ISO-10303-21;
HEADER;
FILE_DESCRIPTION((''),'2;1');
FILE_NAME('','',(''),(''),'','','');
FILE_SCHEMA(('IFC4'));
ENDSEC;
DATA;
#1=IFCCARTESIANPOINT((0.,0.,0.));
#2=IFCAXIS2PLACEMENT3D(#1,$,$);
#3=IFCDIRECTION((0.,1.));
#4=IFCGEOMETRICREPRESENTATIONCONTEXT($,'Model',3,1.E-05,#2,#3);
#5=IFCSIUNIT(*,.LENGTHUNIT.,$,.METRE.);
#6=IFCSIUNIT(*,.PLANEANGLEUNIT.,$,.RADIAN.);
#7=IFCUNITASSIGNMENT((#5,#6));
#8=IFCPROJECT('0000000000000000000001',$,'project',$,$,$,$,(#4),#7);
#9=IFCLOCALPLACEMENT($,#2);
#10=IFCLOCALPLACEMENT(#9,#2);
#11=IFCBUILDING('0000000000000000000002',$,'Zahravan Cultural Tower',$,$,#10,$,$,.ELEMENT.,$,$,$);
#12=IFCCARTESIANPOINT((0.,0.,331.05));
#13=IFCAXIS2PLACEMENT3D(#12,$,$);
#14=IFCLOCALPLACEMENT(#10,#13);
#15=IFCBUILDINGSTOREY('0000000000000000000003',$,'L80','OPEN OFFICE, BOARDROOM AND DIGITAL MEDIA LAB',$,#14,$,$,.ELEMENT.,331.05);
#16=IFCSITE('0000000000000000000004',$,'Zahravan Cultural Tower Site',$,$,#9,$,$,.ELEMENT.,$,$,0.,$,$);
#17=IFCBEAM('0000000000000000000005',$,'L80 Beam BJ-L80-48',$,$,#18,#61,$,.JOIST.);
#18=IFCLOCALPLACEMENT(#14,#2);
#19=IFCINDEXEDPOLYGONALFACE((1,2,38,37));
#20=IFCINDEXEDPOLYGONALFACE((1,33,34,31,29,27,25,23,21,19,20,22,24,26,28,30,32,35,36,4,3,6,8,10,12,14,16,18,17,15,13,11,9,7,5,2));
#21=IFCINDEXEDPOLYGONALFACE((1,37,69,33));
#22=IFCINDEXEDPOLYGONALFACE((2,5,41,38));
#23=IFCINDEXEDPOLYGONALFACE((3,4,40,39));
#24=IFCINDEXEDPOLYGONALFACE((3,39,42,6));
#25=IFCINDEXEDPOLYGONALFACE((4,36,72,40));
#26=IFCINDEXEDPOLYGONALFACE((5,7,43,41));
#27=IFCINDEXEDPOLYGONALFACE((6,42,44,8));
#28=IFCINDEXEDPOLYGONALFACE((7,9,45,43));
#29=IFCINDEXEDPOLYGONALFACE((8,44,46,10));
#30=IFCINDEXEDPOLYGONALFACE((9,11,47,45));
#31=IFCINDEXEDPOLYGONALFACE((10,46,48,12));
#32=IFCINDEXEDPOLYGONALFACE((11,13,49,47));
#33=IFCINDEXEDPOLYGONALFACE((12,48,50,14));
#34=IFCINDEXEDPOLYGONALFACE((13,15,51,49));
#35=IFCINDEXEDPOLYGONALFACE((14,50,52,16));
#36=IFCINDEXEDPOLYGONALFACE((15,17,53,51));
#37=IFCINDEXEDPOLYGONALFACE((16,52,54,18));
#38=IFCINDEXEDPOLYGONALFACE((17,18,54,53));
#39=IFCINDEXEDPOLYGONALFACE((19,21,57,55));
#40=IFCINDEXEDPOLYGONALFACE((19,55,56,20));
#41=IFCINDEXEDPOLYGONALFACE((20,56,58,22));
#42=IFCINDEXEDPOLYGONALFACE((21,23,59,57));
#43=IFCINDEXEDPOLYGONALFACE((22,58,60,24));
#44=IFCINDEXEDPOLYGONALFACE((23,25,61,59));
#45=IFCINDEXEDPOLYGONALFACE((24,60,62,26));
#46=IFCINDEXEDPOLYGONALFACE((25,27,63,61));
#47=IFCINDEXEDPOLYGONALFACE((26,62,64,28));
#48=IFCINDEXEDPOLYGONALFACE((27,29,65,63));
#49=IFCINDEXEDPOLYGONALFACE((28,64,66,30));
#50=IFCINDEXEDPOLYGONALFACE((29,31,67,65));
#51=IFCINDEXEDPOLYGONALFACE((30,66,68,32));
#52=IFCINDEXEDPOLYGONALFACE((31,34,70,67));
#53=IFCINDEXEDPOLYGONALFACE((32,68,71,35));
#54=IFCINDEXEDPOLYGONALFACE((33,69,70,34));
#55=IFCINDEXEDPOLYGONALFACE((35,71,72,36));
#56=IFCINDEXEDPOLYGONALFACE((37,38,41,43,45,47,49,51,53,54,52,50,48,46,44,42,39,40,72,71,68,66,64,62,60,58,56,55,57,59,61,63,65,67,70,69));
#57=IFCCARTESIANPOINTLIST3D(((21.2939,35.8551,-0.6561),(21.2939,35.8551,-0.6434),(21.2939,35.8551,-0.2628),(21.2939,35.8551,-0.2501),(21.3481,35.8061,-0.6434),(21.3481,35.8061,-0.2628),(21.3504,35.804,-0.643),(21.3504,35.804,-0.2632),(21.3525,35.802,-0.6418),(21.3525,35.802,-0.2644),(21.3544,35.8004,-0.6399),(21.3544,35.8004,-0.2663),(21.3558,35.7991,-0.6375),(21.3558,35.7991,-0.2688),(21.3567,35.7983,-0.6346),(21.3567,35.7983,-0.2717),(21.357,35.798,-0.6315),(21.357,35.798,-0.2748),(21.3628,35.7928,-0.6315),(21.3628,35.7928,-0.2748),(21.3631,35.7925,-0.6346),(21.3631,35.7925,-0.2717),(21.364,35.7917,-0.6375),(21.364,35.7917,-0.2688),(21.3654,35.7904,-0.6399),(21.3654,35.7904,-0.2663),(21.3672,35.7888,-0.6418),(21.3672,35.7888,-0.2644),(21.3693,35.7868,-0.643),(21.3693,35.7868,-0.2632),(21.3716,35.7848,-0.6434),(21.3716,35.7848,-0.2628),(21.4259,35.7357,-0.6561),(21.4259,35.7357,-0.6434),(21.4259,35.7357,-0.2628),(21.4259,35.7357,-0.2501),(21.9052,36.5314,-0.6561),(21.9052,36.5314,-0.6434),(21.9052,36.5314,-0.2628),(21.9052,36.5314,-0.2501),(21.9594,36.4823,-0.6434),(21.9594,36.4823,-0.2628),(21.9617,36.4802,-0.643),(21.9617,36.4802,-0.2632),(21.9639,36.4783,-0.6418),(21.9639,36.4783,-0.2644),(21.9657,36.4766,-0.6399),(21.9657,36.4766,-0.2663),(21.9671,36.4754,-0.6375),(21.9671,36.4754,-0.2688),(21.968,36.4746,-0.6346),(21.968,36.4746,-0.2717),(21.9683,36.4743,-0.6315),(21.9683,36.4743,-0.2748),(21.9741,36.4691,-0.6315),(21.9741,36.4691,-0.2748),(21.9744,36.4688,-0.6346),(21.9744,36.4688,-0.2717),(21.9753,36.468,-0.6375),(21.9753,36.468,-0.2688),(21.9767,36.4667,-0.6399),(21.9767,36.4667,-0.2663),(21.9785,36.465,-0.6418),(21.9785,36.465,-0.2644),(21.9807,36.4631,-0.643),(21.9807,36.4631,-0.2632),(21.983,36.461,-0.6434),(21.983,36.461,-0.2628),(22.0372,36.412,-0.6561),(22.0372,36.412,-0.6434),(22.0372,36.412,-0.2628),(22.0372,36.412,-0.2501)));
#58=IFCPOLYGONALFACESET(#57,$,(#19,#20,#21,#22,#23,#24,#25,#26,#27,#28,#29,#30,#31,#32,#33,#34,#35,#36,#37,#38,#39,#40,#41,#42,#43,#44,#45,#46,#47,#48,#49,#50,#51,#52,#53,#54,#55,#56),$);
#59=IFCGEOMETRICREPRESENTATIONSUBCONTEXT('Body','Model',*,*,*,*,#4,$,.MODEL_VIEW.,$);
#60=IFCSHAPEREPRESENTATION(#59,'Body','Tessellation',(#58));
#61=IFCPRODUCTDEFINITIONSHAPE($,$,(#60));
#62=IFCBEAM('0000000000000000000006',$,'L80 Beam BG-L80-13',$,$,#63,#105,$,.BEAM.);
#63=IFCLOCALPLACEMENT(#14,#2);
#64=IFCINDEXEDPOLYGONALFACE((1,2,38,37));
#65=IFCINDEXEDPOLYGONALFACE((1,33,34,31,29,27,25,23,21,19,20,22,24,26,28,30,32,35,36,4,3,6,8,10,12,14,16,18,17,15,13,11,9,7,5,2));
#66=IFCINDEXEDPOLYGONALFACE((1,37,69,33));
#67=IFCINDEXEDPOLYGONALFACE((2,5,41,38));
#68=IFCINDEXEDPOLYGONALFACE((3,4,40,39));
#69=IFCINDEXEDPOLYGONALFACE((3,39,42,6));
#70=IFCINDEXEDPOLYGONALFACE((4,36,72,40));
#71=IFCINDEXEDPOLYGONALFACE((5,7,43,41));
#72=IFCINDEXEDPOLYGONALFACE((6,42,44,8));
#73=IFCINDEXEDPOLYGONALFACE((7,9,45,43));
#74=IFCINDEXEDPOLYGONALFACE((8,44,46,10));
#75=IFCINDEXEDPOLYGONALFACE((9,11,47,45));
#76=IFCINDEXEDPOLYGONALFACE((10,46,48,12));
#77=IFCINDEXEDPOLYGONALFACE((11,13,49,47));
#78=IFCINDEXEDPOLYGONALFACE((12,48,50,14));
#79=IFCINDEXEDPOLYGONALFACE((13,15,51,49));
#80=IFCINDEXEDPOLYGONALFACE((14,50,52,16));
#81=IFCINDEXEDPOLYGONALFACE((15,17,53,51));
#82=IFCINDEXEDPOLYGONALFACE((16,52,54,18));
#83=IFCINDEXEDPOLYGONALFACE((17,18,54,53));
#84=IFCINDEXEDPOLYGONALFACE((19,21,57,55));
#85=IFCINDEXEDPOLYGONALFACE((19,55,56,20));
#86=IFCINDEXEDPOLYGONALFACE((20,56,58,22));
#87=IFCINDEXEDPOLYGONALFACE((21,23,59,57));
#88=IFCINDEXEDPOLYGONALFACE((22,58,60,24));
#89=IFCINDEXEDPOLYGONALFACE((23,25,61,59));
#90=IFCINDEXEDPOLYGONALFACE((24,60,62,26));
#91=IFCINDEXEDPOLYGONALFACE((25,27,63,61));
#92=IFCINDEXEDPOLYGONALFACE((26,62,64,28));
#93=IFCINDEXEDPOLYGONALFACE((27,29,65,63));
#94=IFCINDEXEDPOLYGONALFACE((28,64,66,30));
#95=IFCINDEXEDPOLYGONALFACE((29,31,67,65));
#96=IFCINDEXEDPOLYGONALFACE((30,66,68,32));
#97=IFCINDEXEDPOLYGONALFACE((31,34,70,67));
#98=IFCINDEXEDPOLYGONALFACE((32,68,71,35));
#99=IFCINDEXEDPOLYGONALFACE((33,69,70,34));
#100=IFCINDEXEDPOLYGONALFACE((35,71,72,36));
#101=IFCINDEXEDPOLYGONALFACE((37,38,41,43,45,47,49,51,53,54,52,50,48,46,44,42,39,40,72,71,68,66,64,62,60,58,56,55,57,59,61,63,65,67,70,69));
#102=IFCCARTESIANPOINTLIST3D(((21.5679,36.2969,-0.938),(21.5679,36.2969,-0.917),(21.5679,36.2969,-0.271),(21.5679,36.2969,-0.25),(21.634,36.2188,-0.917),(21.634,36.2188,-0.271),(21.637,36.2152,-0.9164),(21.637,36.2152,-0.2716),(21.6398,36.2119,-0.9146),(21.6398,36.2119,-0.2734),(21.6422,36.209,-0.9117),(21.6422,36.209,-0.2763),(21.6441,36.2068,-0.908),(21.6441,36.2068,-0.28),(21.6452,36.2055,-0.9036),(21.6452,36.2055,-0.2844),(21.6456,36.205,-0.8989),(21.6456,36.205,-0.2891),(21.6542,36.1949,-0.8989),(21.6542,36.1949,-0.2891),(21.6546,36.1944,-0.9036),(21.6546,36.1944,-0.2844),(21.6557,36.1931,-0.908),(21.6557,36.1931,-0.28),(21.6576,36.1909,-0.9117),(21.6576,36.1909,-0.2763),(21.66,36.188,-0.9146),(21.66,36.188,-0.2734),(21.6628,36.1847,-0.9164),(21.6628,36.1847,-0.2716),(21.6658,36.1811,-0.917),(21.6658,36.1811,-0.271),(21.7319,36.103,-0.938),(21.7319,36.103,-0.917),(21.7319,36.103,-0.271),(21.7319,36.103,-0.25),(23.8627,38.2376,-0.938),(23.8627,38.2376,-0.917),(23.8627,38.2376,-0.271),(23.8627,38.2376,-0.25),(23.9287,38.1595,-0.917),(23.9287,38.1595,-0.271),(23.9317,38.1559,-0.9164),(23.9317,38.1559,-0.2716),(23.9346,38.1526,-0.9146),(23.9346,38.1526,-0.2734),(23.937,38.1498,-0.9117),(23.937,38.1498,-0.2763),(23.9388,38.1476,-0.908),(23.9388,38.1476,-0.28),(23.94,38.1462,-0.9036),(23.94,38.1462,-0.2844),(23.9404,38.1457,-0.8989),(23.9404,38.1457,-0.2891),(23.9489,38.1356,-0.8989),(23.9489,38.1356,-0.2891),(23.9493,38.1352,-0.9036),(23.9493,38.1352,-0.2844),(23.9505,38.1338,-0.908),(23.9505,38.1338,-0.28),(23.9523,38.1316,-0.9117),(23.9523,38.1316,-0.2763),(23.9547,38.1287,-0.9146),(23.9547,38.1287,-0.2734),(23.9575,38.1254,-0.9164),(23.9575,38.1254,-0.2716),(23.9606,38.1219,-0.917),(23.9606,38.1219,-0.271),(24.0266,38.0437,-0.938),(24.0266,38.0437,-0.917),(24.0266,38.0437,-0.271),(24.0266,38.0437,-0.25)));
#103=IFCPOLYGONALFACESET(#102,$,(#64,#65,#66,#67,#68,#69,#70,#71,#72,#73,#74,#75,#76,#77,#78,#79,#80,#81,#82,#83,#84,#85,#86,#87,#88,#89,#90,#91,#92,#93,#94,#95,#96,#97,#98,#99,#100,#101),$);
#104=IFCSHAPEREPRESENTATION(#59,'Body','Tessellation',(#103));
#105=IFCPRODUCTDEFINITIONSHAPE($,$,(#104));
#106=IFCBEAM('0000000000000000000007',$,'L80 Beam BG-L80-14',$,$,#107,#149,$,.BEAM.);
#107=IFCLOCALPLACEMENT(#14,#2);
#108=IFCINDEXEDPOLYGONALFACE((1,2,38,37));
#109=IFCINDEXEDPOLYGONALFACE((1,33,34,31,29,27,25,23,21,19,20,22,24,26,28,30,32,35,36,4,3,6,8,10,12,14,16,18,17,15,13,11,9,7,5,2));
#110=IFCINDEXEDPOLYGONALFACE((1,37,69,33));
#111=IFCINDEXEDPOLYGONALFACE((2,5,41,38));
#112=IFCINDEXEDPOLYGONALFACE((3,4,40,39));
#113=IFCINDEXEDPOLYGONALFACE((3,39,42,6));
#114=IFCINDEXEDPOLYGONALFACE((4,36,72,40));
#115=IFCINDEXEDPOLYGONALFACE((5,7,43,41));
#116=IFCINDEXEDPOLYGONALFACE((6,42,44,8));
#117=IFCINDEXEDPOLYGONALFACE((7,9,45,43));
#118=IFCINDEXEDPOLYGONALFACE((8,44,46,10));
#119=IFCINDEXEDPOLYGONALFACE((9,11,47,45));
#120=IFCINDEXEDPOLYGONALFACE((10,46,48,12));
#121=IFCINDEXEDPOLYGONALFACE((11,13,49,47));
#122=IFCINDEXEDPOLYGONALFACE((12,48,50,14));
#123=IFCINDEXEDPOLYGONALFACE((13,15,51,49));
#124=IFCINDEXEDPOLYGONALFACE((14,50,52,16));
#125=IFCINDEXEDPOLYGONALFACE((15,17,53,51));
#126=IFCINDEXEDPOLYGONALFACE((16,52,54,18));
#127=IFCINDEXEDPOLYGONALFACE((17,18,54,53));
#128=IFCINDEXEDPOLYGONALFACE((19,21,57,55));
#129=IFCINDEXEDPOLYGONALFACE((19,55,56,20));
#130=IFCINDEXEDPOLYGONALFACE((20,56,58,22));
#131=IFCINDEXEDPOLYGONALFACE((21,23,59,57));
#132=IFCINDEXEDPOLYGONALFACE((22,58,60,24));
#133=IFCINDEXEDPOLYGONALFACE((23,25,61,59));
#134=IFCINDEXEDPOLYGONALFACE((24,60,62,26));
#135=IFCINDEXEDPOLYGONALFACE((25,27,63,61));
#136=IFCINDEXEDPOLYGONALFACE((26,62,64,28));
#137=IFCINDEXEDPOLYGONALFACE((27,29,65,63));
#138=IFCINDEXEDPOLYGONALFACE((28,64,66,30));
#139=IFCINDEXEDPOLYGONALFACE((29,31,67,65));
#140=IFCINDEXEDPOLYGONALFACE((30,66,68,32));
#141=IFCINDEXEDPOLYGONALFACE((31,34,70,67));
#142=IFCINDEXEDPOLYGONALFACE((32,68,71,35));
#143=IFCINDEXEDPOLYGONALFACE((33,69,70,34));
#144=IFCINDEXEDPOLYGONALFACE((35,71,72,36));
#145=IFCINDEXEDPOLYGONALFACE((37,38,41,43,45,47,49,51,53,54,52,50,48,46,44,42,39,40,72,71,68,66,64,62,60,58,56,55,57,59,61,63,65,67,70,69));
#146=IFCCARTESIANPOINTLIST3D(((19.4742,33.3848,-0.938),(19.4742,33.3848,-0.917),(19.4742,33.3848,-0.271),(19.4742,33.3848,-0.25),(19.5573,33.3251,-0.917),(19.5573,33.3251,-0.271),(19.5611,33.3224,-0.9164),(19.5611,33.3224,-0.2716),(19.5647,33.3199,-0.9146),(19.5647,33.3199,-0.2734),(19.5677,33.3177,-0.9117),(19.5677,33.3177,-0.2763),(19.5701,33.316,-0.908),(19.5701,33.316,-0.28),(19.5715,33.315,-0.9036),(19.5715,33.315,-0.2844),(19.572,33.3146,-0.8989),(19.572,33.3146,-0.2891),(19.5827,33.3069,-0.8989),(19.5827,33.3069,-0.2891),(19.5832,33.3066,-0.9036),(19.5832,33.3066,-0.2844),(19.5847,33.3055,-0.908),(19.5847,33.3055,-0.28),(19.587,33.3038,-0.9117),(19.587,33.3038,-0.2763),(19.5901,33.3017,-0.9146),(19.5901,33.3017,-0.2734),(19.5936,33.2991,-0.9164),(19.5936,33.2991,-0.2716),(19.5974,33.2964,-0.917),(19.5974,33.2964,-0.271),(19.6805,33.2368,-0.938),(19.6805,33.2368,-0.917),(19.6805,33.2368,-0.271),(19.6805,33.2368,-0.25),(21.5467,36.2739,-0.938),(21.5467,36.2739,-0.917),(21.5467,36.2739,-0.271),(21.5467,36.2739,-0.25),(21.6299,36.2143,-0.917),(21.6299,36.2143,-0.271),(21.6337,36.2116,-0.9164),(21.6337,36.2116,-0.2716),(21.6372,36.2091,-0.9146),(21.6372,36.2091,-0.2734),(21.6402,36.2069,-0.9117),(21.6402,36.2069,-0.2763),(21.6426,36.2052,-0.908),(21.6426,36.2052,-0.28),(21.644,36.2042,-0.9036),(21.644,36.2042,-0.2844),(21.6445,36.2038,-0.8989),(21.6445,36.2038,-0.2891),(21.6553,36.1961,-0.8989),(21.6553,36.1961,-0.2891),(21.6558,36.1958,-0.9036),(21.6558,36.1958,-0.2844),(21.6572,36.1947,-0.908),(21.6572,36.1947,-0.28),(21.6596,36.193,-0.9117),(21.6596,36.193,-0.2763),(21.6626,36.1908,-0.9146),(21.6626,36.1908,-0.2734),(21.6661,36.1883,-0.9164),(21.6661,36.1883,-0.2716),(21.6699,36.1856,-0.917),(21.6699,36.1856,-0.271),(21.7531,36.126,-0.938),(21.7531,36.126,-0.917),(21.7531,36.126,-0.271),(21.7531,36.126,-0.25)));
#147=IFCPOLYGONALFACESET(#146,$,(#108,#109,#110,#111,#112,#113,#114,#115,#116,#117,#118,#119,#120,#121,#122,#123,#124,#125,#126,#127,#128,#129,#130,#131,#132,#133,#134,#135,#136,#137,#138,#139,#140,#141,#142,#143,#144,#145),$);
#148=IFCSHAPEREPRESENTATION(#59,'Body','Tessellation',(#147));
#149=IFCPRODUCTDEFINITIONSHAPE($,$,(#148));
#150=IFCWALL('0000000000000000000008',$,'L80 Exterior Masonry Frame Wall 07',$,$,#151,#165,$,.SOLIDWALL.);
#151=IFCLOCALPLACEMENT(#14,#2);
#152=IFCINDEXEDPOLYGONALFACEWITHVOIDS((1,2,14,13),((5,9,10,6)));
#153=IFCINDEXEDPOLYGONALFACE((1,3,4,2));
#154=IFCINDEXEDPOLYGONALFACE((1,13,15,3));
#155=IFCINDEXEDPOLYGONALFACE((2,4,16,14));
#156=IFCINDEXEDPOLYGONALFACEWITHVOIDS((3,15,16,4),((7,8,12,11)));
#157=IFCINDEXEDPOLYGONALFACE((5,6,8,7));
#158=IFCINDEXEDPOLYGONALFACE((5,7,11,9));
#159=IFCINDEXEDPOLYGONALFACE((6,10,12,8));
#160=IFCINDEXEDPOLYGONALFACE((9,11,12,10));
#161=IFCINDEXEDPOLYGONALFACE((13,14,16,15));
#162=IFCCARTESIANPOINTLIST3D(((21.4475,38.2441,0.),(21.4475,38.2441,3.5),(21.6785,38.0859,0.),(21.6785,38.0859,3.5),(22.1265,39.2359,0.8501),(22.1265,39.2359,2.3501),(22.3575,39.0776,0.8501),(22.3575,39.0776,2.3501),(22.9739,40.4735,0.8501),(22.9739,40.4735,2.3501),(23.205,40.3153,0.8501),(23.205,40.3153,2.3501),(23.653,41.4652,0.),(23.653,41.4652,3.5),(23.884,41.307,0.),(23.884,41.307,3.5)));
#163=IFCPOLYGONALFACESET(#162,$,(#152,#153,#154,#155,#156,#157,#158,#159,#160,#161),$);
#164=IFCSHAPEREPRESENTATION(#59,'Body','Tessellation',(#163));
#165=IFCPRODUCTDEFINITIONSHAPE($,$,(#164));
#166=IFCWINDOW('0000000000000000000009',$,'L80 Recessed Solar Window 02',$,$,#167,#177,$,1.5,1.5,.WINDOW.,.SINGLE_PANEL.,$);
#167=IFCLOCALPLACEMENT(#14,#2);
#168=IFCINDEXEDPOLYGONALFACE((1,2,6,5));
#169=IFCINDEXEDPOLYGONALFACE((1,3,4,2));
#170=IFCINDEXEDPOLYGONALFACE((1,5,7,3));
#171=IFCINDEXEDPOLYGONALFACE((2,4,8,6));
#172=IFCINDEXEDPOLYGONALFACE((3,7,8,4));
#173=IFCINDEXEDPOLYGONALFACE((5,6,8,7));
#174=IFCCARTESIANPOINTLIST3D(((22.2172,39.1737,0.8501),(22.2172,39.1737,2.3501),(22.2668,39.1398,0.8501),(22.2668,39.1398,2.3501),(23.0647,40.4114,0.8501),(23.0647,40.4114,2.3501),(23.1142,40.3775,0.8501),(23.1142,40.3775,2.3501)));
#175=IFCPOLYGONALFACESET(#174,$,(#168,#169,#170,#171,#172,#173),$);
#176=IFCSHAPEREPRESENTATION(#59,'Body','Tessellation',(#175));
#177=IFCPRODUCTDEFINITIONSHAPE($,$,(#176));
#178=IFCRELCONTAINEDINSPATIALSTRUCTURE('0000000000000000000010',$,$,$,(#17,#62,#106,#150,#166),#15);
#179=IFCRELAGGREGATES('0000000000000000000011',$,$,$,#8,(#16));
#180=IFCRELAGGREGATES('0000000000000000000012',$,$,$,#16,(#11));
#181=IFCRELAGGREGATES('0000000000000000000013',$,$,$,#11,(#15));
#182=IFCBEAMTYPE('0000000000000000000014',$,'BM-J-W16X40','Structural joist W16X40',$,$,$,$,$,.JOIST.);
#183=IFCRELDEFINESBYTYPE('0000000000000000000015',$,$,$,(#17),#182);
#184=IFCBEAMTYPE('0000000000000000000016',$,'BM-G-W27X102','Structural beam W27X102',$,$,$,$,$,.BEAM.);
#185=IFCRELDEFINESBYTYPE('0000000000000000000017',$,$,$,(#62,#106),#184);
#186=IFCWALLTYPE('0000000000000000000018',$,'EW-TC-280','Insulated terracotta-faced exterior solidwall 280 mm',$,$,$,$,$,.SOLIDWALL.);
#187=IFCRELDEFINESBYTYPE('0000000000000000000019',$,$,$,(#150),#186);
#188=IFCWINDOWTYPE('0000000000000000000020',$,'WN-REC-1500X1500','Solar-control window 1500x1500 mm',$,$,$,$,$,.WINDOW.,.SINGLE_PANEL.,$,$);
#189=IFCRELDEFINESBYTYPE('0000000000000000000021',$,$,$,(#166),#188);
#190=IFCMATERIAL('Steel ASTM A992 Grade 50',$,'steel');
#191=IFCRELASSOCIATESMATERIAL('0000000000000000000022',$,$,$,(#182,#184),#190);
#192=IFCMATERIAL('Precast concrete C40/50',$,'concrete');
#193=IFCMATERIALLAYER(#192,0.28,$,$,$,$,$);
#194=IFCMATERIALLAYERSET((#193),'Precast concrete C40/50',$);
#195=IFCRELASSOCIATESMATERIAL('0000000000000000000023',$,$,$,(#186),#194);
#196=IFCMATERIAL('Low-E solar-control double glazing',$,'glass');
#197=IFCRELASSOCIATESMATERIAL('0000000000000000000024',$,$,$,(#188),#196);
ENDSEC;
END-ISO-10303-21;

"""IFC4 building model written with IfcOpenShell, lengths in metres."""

from ifc_helpers import new_model, si_unit, direction, frame, frame_2d, origin, origin_2d, place, context, subcontext, project, spatial, rectangle, i_section, extrude, source, transform, mapped, material, layer, layer_set, material_profile, profile_set, type_object, element, fill, save


model = new_model("IFC4")

# Units and contexts
model_context = context("Model", 3, precision=1e-05, world=origin(), true_north=direction((0.0, 1.0)))
body_context = subcontext(model_context, "Body", "Model", "MODEL_VIEW")
ifc_project = project(units=[si_unit("LENGTHUNIT", "METRE"), si_unit("PLANEANGLEUNIT", "RADIAN")], contexts=[model_context])

# Site, building, storey
site_placement = place(None, origin())
site = spatial("IfcSite", under=ifc_project, at=site_placement, Name="Zahravan Cultural Tower Site", CompositionType="ELEMENT", RefElevation=0.0)
building_placement = place(site_placement, origin())
building = spatial("IfcBuilding", under=site, at=building_placement, Name="Zahravan Cultural Tower", CompositionType="ELEMENT")
storey_placement = place(building_placement, frame((0.0, 0.0, 331.05)))
storey = spatial("IfcBuildingStorey", under=building, at=storey_placement, Name="L80", Description="OPEN OFFICE, BOARDROOM AND DIGITAL MEDIA LAB", CompositionType="ELEMENT", Elevation=331.05)

# Shared definitions
ifc_material_1 = material(Name="Steel ASTM A992 Grade 50", Category="steel")

# Beams
ifc_material_profile_1 = material_profile(ifc_material_1, i_section(OverallWidth=0.178, OverallDepth=0.406, WebThickness=0.0078, FlangeThickness=0.0127, FilletRadius=0.012, at=origin_2d()), Name="W16X40")
ifc_profile_set_1 = profile_set([ifc_material_profile_1], Name="Steel ASTM A992 Grade 50")
beam_type_1 = type_object("IfcBeamType", Name="BM-J-W16X40", Description="Structural joist W16X40", PredefinedType="JOIST", material=ifc_profile_set_1)
shared_shape_1 = source(origin(), body_context, "Body", "SweptSolid", [
    extrude(i_section(OverallWidth=0.178, OverallDepth=0.406, WebThickness=0.0078, FlangeThickness=0.0127, FilletRadius=0.012, at=origin_2d()), origin(), (0.0, 0.0, 1.0), 0.9116),
])
beam_1_placement = place(storey_placement, frame((21.9712, 36.4717, -0.4531), z_axis=(-0.670591, -0.741828, 0.0), x_axis=(0.741828, -0.670591, 0.0)))
element("IfcBeam", 1, at=beam_1_placement, inside=storey, type_object=beam_type_1, Name="L80 Beam BJ-L80-48", PredefinedType="JOIST", context=body_context, shape_type="MappedRepresentation", body=[
    mapped(shared_shape_1, transform((0.0, 0.0, 0.0), x_axis=(1.0, 0.0, 0.0), y_axis=(0.0, 1.0, 0.0), z_axis=(0.0, 0.0, 1.0), scale=1.0)),
])
ifc_material_profile_2 = material_profile(ifc_material_1, i_section(OverallWidth=0.2539, OverallDepth=0.688, WebThickness=0.0132, FlangeThickness=0.021, FilletRadius=0.0181, at=origin_2d()), Name="W27X102")
ifc_profile_set_2 = profile_set([ifc_material_profile_2], Name="Steel ASTM A992 Grade 50")
beam_type_2 = type_object("IfcBeamType", Name="BM-G-W27X102", Description="Structural beam W27X102", PredefinedType="BEAM", material=ifc_profile_set_2)
shared_shape_2 = source(origin(), body_context, "Body", "SweptSolid", [
    extrude(i_section(OverallWidth=0.2539, OverallDepth=0.688, WebThickness=0.0132, FlangeThickness=0.021, FilletRadius=0.0181, at=origin_2d()), origin(), (0.0, 0.0, 1.0), 3.0054),
])
beam_2_placement = place(storey_placement, frame((21.6499, 36.2, -0.594), z_axis=(0.763546, 0.645753, 0.0), x_axis=(-0.645753, 0.763546, 0.0)))
element("IfcBeam", 2, at=beam_2_placement, inside=storey, type_object=beam_type_2, Name="L80 Beam BG-L80-13", PredefinedType="BEAM", context=body_context, shape_type="MappedRepresentation", body=[
    mapped(shared_shape_2, transform((0.0, 0.0, 0.0), x_axis=(1.0, 0.0, 0.0), y_axis=(0.0, 1.0, 0.0), z_axis=(0.0, 0.0, 1.0), scale=1.0)),
])
shared_shape_3 = source(origin(), body_context, "Body", "SweptSolid", [
    extrude(i_section(OverallWidth=0.2539, OverallDepth=0.688, WebThickness=0.0132, FlangeThickness=0.021, FilletRadius=0.0181, at=origin_2d()), origin(), (0.0, 0.0, 1.0), 3.5557),
])
beam_3_placement = place(storey_placement, frame((21.6499, 36.2, -0.594), z_axis=(-0.58288, -0.812558, 0.0), x_axis=(0.812558, -0.58288, 0.0)))
element("IfcBeam", 3, at=beam_3_placement, inside=storey, type_object=beam_type_2, Name="L80 Beam BG-L80-14", PredefinedType="BEAM", context=body_context, shape_type="MappedRepresentation", body=[
    mapped(shared_shape_3, transform((0.0, 0.0, 0.0), x_axis=(1.0, 0.0, 0.0), y_axis=(0.0, 1.0, 0.0), z_axis=(0.0, 0.0, 1.0), scale=1.0)),
])

# Wall, opening, window
ifc_material_2 = material(Name="Precast concrete C40/50", Category="concrete")
ifc_layer_1 = layer(ifc_material_2, 0.28)
ifc_layer_set_1 = layer_set([ifc_layer_1], Name="Precast concrete C40/50")
wall_type_1 = type_object("IfcWallType", Name="EW-TC-280", Description="Insulated terracotta-faced exterior solidwall 280 mm", PredefinedType="SOLIDWALL", material=ifc_layer_set_1)
wall_1_placement = place(storey_placement, frame((21.563, 38.165, 0.0), z_axis=(0.0, 0.0, 1.0), x_axis=(0.564962, 0.825117, 0.0)))
wall_1 = element("IfcWall", 4, at=wall_1_placement, inside=storey, type_object=wall_type_1, Name="L80 Exterior Masonry Frame Wall 07", PredefinedType="SOLIDWALL", context=body_context, shape_type="SweptSolid", body=[
    extrude(rectangle(XDim=3.9038, YDim=0.28, at=frame_2d((1.9519, 0.0))), origin(), (0.0, 0.0, 1.0), 3.5),
])
opening_placement = place(wall_1_placement, frame((1.2019, 0.0, 0.8501)))
opening = element("IfcOpeningElement", 5, at=opening_placement, cuts=wall_1, PredefinedType="OPENING", context=body_context, shape_type="SweptSolid", body=[
    extrude(rectangle(XDim=1.5, YDim=1.5, at=frame_2d((0.75, 0.75))), frame((0.0, 0.1499, 0.0), z_axis=(0.0, -1.0, 0.0), x_axis=(1.0, 0.0, 0.0)), (0.0, 0.0, 1.0), 0.3),
])
ifc_material_3 = material(Name="Low-E solar-control double glazing", Category="glass")
window_type = type_object("IfcWindowType", Name="WN-REC-1500X1500", Description="Solar-control window 1500x1500 mm", PartitioningType="SINGLE_PANEL", PredefinedType="WINDOW", material=ifc_material_3)
shared_shape_4 = source(origin(), body_context, "Body", "SweptSolid", [
    extrude(rectangle(XDim=1.5, YDim=1.5, at=frame_2d((0.75, 0.75))), frame((0.0, 0.03, 0.0), z_axis=(0.0, -1.0, 0.0), x_axis=(1.0, 0.0, 0.0)), (0.0, 0.0, 1.0), 0.0601),
])
window_placement = place(opening_placement, origin())
window = element("IfcWindow", 6, at=window_placement, inside=storey, type_object=window_type, Name="L80 Recessed Solar Window 02", OverallHeight=1.5, OverallWidth=1.5, PartitioningType="SINGLE_PANEL", PredefinedType="WINDOW", context=body_context, shape_type="MappedRepresentation", body=[
    mapped(shared_shape_4, transform((0.0, 0.0, 0.0), x_axis=(1.0, 0.0, 0.0), y_axis=(0.0, 1.0, 0.0), z_axis=(0.0, 0.0, 1.0), scale=1.0)),
])
fill(opening, window)

save(model, "model.ifc")
